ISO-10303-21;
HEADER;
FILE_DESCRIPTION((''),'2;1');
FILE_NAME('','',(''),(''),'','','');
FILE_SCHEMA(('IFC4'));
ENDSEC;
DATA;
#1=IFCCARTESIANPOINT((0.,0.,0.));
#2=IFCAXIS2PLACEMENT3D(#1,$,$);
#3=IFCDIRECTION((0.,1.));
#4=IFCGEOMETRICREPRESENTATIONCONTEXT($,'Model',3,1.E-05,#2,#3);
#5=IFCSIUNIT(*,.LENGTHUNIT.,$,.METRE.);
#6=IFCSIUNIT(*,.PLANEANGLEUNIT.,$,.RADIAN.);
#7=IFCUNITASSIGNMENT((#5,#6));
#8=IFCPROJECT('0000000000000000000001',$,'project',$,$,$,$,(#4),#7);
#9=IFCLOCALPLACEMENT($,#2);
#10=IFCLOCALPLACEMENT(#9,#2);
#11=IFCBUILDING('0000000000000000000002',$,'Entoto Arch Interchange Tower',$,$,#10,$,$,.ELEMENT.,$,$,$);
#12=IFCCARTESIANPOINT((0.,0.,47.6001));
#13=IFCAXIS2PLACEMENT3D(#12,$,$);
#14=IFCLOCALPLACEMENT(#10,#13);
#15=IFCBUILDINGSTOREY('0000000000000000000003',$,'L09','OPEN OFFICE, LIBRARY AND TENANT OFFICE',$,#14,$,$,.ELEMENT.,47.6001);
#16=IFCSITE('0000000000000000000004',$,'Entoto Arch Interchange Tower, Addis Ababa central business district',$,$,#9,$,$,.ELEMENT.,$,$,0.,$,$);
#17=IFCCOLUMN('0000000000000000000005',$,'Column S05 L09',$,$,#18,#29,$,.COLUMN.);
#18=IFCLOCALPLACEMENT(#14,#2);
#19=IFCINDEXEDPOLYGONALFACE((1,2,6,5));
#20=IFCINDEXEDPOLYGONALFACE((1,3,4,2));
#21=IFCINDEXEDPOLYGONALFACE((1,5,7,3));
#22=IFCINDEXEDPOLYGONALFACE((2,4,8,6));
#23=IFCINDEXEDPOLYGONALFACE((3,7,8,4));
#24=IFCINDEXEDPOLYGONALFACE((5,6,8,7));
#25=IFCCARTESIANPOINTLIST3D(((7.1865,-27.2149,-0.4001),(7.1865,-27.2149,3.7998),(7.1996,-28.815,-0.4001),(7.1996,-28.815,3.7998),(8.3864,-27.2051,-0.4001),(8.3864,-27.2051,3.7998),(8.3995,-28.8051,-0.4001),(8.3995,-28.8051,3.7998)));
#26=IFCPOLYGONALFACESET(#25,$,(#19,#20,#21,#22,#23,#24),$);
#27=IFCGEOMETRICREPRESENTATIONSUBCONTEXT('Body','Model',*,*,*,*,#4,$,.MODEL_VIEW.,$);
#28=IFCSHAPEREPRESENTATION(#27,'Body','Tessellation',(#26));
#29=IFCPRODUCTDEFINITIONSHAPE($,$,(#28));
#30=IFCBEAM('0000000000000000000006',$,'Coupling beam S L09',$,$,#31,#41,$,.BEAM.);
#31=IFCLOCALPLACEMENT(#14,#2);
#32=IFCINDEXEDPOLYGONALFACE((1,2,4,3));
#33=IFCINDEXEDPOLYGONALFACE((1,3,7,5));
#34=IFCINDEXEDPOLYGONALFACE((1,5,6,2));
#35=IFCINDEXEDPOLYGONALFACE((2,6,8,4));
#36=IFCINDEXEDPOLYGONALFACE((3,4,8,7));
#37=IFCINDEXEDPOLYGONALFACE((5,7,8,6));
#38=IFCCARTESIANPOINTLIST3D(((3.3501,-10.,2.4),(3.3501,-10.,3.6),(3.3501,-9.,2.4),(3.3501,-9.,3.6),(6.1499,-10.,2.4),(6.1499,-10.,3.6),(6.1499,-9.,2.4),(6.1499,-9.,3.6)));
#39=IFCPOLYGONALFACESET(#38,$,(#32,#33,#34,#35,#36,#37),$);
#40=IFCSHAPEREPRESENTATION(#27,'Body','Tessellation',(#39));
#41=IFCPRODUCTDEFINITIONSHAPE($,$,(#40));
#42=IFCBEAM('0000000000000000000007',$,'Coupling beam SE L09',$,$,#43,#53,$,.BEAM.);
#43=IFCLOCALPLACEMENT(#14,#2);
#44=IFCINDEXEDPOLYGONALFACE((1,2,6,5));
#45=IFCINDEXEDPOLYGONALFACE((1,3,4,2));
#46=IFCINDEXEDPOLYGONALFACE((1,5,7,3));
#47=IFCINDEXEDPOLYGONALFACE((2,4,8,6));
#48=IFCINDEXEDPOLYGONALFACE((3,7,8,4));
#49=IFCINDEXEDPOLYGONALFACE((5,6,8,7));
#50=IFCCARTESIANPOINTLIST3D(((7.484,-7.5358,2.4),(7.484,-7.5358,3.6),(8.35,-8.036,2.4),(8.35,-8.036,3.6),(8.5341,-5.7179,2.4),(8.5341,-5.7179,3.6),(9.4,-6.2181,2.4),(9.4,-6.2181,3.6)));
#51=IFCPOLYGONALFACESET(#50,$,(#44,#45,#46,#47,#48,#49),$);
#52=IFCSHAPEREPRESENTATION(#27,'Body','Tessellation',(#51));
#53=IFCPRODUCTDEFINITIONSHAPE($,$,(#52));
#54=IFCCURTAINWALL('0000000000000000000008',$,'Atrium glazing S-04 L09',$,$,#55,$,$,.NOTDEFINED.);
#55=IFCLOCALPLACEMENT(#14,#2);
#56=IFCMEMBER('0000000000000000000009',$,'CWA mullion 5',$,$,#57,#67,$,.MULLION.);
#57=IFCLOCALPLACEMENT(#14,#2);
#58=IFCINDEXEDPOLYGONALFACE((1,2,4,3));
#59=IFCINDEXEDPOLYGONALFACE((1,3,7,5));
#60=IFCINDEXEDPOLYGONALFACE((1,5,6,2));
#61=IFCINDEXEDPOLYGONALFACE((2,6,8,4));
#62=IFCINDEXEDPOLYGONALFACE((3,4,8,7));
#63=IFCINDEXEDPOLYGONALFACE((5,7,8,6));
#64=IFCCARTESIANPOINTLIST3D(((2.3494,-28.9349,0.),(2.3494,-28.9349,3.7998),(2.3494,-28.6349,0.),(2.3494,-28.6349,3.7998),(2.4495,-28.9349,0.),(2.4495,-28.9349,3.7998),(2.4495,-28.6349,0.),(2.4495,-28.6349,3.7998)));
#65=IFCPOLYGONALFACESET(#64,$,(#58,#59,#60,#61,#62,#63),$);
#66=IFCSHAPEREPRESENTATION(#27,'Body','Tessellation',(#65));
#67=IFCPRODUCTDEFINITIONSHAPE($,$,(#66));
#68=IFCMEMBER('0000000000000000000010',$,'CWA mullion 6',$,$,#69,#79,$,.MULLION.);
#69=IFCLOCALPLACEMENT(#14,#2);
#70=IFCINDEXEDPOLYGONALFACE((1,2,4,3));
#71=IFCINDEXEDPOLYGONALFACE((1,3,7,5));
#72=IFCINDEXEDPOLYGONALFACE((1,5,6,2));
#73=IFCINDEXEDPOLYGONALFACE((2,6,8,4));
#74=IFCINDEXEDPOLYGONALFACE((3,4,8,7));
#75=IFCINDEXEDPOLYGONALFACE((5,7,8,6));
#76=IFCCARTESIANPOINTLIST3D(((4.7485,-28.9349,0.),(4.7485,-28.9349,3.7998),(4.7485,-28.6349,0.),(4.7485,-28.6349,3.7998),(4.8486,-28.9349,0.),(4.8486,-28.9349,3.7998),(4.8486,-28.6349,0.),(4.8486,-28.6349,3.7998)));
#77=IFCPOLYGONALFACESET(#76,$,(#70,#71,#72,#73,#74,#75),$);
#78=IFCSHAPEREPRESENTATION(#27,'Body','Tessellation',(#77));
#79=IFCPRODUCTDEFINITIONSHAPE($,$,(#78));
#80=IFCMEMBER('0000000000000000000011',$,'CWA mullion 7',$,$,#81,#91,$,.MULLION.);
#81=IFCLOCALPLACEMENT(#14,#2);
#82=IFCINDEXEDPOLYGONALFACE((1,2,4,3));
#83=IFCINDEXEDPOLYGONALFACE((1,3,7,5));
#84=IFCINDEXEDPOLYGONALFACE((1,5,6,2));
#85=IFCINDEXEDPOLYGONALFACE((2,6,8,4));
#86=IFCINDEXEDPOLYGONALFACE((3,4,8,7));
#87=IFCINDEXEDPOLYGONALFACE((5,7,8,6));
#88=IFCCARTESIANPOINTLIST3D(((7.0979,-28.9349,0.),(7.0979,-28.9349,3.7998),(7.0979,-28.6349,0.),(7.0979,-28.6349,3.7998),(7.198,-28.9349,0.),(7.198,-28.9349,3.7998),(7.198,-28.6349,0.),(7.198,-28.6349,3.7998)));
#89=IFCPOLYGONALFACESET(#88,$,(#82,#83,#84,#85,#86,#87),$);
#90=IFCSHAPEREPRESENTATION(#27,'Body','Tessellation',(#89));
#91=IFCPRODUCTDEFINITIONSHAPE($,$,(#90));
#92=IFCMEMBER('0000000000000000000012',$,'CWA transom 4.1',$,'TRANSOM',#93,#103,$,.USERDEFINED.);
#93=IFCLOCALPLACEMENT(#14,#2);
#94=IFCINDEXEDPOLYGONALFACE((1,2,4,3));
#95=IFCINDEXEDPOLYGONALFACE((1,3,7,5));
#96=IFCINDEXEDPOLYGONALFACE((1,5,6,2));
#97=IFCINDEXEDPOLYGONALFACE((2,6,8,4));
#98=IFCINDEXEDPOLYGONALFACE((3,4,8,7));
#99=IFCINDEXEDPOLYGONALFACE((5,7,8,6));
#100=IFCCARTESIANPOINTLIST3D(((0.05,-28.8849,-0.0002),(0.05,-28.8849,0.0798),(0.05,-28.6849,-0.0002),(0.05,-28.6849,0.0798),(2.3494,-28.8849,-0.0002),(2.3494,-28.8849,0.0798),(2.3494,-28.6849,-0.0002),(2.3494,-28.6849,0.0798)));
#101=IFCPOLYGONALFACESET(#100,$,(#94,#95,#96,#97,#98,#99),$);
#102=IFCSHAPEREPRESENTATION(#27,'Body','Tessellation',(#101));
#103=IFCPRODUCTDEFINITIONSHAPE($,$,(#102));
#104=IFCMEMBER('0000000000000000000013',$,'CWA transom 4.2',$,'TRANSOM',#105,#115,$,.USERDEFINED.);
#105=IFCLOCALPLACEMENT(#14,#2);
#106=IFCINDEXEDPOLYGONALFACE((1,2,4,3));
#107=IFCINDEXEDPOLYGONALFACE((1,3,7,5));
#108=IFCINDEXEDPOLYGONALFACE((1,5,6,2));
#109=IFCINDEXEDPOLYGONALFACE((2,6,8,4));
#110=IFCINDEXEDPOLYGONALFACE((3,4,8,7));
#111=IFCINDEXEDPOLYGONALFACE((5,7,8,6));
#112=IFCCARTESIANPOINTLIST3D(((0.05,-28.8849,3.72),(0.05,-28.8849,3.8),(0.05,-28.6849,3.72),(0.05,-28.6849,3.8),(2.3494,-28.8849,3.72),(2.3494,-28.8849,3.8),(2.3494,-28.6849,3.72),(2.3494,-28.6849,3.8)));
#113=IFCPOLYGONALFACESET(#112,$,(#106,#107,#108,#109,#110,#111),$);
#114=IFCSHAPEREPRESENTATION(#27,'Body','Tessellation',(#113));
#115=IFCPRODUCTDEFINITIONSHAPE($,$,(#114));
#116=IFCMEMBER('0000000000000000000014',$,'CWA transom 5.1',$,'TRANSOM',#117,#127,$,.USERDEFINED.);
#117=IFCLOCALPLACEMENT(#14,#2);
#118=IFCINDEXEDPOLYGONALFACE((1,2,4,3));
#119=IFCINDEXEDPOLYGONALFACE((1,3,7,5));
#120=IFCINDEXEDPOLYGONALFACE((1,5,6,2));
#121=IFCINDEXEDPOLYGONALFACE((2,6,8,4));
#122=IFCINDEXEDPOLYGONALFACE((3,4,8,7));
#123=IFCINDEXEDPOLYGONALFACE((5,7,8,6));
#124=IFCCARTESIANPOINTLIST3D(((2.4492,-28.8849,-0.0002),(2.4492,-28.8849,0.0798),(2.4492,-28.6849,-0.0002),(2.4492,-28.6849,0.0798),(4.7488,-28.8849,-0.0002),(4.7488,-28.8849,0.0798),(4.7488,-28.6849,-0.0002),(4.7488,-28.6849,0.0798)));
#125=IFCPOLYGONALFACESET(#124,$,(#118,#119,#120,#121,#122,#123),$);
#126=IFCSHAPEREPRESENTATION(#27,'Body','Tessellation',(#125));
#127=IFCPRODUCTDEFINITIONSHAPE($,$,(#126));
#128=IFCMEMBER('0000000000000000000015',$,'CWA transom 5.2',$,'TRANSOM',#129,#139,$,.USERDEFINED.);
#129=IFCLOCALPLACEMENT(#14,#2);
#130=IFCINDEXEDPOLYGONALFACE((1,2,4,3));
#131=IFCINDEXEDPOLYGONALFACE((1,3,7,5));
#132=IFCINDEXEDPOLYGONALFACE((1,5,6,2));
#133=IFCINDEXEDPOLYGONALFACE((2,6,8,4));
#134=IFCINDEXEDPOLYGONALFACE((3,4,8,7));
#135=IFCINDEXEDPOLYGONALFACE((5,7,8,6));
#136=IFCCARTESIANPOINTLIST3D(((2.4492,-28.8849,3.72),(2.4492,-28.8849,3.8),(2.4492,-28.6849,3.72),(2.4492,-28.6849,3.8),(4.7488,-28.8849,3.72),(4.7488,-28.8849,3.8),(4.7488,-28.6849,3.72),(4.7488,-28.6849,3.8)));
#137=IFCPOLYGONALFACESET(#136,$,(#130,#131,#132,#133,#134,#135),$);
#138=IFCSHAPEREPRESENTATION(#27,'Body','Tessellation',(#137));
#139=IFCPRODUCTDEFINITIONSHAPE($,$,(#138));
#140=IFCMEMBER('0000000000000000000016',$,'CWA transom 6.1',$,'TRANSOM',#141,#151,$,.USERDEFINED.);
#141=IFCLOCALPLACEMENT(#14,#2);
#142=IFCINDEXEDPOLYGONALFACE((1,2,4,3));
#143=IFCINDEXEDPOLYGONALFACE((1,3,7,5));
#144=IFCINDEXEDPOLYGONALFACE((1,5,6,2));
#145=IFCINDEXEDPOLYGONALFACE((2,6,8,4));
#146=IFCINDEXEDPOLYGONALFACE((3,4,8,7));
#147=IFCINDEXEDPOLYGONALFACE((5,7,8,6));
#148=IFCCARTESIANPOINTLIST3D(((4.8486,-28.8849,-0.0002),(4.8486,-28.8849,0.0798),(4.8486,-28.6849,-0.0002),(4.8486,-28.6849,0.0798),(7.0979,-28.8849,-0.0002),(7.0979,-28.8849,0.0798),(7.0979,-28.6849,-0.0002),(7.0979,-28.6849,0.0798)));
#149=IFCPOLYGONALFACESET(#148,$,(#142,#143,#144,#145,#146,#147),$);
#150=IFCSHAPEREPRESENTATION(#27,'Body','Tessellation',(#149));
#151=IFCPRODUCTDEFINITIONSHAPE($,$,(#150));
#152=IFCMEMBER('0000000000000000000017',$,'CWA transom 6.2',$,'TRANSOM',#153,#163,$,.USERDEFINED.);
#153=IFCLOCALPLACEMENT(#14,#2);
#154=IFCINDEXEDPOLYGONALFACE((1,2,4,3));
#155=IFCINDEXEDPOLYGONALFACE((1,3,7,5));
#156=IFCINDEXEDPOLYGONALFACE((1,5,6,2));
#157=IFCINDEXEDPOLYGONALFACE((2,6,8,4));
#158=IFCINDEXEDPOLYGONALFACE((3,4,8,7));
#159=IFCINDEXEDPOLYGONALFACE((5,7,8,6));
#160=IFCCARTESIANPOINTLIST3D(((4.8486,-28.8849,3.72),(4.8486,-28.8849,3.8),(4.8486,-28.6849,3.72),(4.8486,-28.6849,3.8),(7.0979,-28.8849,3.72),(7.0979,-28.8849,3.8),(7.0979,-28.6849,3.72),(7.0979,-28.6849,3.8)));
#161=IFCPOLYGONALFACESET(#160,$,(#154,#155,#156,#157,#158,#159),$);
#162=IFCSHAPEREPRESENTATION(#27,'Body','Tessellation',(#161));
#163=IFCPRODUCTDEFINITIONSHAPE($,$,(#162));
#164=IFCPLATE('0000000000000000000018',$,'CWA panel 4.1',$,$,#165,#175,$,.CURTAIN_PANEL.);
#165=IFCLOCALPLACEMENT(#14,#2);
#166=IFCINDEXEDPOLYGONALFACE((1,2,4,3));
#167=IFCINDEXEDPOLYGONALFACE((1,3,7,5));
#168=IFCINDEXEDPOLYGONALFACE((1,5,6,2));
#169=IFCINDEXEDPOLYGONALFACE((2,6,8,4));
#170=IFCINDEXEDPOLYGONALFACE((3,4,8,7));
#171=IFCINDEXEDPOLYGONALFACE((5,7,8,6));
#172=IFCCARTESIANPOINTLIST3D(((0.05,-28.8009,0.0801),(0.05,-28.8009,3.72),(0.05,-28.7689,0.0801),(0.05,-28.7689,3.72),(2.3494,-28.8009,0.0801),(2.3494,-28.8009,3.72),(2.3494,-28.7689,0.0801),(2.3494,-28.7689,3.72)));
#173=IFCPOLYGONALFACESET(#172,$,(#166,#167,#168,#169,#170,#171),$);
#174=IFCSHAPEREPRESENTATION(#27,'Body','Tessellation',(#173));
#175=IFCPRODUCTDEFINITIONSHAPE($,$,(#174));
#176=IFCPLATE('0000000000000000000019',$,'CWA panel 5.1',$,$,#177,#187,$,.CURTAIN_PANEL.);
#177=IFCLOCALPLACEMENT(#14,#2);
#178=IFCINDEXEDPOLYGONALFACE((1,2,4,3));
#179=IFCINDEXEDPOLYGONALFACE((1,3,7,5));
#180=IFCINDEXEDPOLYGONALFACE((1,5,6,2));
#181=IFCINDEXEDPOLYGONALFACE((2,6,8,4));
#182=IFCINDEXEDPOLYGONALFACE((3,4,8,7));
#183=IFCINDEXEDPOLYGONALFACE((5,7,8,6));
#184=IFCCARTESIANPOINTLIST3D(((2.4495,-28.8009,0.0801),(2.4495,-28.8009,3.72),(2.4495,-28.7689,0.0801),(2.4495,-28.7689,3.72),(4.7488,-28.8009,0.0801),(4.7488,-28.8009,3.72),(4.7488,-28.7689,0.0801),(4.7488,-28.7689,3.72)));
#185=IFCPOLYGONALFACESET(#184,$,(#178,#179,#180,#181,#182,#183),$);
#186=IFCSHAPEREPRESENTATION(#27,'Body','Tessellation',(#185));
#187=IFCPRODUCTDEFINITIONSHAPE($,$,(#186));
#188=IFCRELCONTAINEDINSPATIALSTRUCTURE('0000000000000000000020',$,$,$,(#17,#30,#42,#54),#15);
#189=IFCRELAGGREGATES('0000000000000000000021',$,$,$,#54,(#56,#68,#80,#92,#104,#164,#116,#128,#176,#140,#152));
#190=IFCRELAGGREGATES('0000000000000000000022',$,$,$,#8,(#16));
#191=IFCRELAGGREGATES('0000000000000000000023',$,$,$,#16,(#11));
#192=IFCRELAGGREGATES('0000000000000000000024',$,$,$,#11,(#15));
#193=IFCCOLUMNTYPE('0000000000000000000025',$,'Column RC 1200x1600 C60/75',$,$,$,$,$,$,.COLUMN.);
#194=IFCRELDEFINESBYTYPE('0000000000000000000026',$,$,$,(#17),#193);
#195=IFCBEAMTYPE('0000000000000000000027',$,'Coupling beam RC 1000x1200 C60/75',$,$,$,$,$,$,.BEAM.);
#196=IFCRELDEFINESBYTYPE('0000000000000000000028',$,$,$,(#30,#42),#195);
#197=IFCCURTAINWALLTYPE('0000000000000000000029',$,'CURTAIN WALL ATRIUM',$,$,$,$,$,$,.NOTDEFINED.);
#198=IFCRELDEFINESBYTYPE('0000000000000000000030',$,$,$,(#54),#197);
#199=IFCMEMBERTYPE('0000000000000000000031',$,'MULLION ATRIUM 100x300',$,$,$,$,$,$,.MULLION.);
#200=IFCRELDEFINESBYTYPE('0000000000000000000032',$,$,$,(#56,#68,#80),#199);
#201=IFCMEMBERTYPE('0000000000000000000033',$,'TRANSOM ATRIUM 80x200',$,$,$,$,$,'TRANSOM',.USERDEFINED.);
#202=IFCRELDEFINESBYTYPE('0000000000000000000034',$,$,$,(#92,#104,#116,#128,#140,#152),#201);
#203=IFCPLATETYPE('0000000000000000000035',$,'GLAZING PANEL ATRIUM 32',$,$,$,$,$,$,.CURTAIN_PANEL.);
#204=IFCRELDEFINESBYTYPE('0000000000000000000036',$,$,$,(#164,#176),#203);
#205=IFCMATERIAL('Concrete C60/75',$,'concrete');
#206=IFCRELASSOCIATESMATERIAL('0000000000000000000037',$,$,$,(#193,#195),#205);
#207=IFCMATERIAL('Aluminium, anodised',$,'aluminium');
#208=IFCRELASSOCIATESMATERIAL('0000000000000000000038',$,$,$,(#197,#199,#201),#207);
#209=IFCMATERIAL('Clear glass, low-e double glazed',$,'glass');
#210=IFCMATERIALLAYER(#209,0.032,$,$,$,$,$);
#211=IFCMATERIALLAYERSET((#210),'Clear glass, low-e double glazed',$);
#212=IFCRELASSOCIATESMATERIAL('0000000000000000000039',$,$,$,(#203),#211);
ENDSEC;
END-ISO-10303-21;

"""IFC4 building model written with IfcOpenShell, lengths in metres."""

from ifc_helpers import new_model, si_unit, direction, frame, origin, origin_2d, place, context, subcontext, project, spatial, rectangle, extrude, material, layer, layer_set, material_profile, profile_set, type_object, element, aggregate, save


model = new_model("IFC4")

# Units and contexts
model_context = context("Model", 3, precision=1e-05, world=origin(), true_north=direction((0.0, 1.0)))
body_context = subcontext(model_context, "Body", "Model", "MODEL_VIEW")
ifc_project = project(units=[si_unit("LENGTHUNIT", "METRE"), si_unit("PLANEANGLEUNIT", "RADIAN")], contexts=[model_context])

# Site, building, storey
site_placement = place(None, origin())
site = spatial("IfcSite", under=ifc_project, at=site_placement, Name="Entoto Arch Interchange Tower, Addis Ababa central business district", CompositionType="ELEMENT", RefElevation=0.0)
building_placement = place(site_placement, origin())
building = spatial("IfcBuilding", under=site, at=building_placement, Name="Entoto Arch Interchange Tower", CompositionType="ELEMENT")
storey_placement = place(building_placement, frame((0.0, 0.0, 47.6001)))
storey = spatial("IfcBuildingStorey", under=building, at=storey_placement, Name="L09", Description="OPEN OFFICE, LIBRARY AND TENANT OFFICE", CompositionType="ELEMENT", Elevation=47.6001)

# Column
ifc_material_1 = material(Name="Concrete C60/75", Category="concrete")
ifc_material_profile_1 = material_profile(ifc_material_1, rectangle(XDim=1.2, YDim=1.6001, at=origin_2d()))
ifc_profile_set_1 = profile_set([ifc_material_profile_1], Name="Concrete C60/75")
column_type = type_object("IfcColumnType", Name="Column RC 1200x1600 C60/75", PredefinedType="COLUMN", material=ifc_profile_set_1)
column_placement = place(storey_placement, frame((7.793, -28.01, -0.4001), z_axis=(0.0, 0.0, 1.0), x_axis=(0.999966, 0.008203, 0.0)))
element("IfcColumn", 1, at=column_placement, inside=storey, type_object=column_type, Name="Column S05 L09", PredefinedType="COLUMN", context=body_context, shape_type="SweptSolid", body=[
    extrude(rectangle(XDim=1.2, YDim=1.6001, at=origin_2d()), origin(), (0.0, 0.0, 1.0), 4.2),
])

# Beams
ifc_material_profile_2 = material_profile(ifc_material_1, rectangle(XDim=1.0, YDim=1.2, at=origin_2d()))
ifc_profile_set_2 = profile_set([ifc_material_profile_2], Name="Concrete C60/75")
beam_type = type_object("IfcBeamType", Name="Coupling beam RC 1000x1200 C60/75", PredefinedType="BEAM", material=ifc_profile_set_2)
beam_1_placement = place(storey_placement, frame((3.3501, -9.5, 3.0), z_axis=(1.0, 0.0, 0.0), x_axis=(0.0, 1.0, 0.0)))
element("IfcBeam", 2, at=beam_1_placement, inside=storey, type_object=beam_type, Name="Coupling beam S L09", PredefinedType="BEAM", context=body_context, shape_type="SweptSolid", body=[
    extrude(rectangle(XDim=1.0, YDim=1.2, at=origin_2d()), origin(), (0.0, 0.0, 1.0), 2.7998),
])
beam_2_placement = place(storey_placement, frame((7.917, -7.7859, 3.0), z_axis=(0.500179, 0.865922, 0.0), x_axis=(-0.865922, 0.500179, 0.0)))
element("IfcBeam", 3, at=beam_2_placement, inside=storey, type_object=beam_type, Name="Coupling beam SE L09", PredefinedType="BEAM", context=body_context, shape_type="SweptSolid", body=[
    extrude(rectangle(XDim=1.0, YDim=1.2, at=origin_2d()), origin(), (0.0, 0.0, 1.0), 2.0994),
])

# Curtain wall, members, plates
ifc_material_2 = material(Name="Aluminium, anodised", Category="aluminium")
curtain_wall_type = type_object("IfcCurtainWallType", Name="CURTAIN WALL ATRIUM", PredefinedType="NOTDEFINED", material=ifc_material_2)
curtain_wall_placement = place(storey_placement, origin())
curtain_wall = element("IfcCurtainWall", 4, at=curtain_wall_placement, inside=storey, type_object=curtain_wall_type, Name="Atrium glazing S-04 L09", PredefinedType="NOTDEFINED")
ifc_material_profile_3 = material_profile(ifc_material_2, rectangle(XDim=0.3, YDim=0.1001, at=origin_2d()))
ifc_profile_set_3 = profile_set([ifc_material_profile_3], Name="Aluminium, anodised")
member_type_1 = type_object("IfcMemberType", Name="MULLION ATRIUM 100x300", PredefinedType="MULLION", material=ifc_profile_set_3)
member_1_placement = place(storey_placement, frame((2.3994, -28.7849, 0.0), z_axis=(0.0, 0.0, 1.0), x_axis=(0.0, 1.0, 0.0)))
member_1 = element("IfcMember", 5, at=member_1_placement, type_object=member_type_1, Name="CWA mullion 5", PredefinedType="MULLION", context=body_context, shape_type="SweptSolid", body=[
    extrude(rectangle(XDim=0.3, YDim=0.1001, at=origin_2d()), origin(), (0.0, 0.0, 1.0), 3.7998),
])
member_2_placement = place(storey_placement, frame((4.7986, -28.7849, 0.0), z_axis=(0.0, 0.0, 1.0), x_axis=(0.0, 1.0, 0.0)))
member_2 = element("IfcMember", 6, at=member_2_placement, type_object=member_type_1, Name="CWA mullion 6", PredefinedType="MULLION", context=body_context, shape_type="SweptSolid", body=[
    extrude(rectangle(XDim=0.3, YDim=0.1001, at=origin_2d()), origin(), (0.0, 0.0, 1.0), 3.7998),
])
member_3_placement = place(storey_placement, frame((7.1479, -28.7849, 0.0), z_axis=(0.0, 0.0, 1.0), x_axis=(0.0, 1.0, 0.0)))
member_3 = element("IfcMember", 7, at=member_3_placement, type_object=member_type_1, Name="CWA mullion 7", PredefinedType="MULLION", context=body_context, shape_type="SweptSolid", body=[
    extrude(rectangle(XDim=0.3, YDim=0.1001, at=origin_2d()), origin(), (0.0, 0.0, 1.0), 3.7998),
])
ifc_material_profile_4 = material_profile(ifc_material_2, rectangle(XDim=0.2, YDim=0.0801, at=origin_2d()))
ifc_profile_set_4 = profile_set([ifc_material_profile_4], Name="Aluminium, anodised")
member_type_2 = type_object("IfcMemberType", Name="TRANSOM ATRIUM 80x200", ElementType="TRANSOM", PredefinedType="USERDEFINED", material=ifc_profile_set_4)
member_4_placement = place(storey_placement, frame((0.05, -28.7849, 0.0398), z_axis=(1.0, 0.0, 0.0), x_axis=(0.0, 1.0, 0.0)))
member_4 = element("IfcMember", 8, at=member_4_placement, type_object=member_type_2, Name="CWA transom 4.1", ObjectType="TRANSOM", PredefinedType="USERDEFINED", context=body_context, shape_type="SweptSolid", body=[
    extrude(rectangle(XDim=0.2, YDim=0.0801, at=origin_2d()), origin(), (0.0, 0.0, 1.0), 2.2993),
])
member_5_placement = place(storey_placement, frame((0.05, -28.7849, 3.76), z_axis=(1.0, 0.0, 0.0), x_axis=(0.0, 1.0, 0.0)))
member_5 = element("IfcMember", 9, at=member_5_placement, type_object=member_type_2, Name="CWA transom 4.2", ObjectType="TRANSOM", PredefinedType="USERDEFINED", context=body_context, shape_type="SweptSolid", body=[
    extrude(rectangle(XDim=0.2, YDim=0.0801, at=origin_2d()), origin(), (0.0, 0.0, 1.0), 2.2993),
])
member_6_placement = place(storey_placement, frame((2.4492, -28.7849, 0.0398), z_axis=(1.0, 0.0, 0.0), x_axis=(0.0, 1.0, 0.0)))
member_6 = element("IfcMember", 10, at=member_6_placement, type_object=member_type_2, Name="CWA transom 5.1", ObjectType="TRANSOM", PredefinedType="USERDEFINED", context=body_context, shape_type="SweptSolid", body=[
    extrude(rectangle(XDim=0.2, YDim=0.0801, at=origin_2d()), origin(), (0.0, 0.0, 1.0), 2.2996),
])
member_7_placement = place(storey_placement, frame((2.4492, -28.7849, 3.76), z_axis=(1.0, 0.0, 0.0), x_axis=(0.0, 1.0, 0.0)))
member_7 = element("IfcMember", 11, at=member_7_placement, type_object=member_type_2, Name="CWA transom 5.2", ObjectType="TRANSOM", PredefinedType="USERDEFINED", context=body_context, shape_type="SweptSolid", body=[
    extrude(rectangle(XDim=0.2, YDim=0.0801, at=origin_2d()), origin(), (0.0, 0.0, 1.0), 2.2996),
])
member_8_placement = place(storey_placement, frame((4.8486, -28.7849, 0.0398), z_axis=(1.0, 0.0, 0.0), x_axis=(0.0, 1.0, 0.0)))
member_8 = element("IfcMember", 12, at=member_8_placement, type_object=member_type_2, Name="CWA transom 6.1", ObjectType="TRANSOM", PredefinedType="USERDEFINED", context=body_context, shape_type="SweptSolid", body=[
    extrude(rectangle(XDim=0.2, YDim=0.0801, at=origin_2d()), origin(), (0.0, 0.0, 1.0), 2.2493),
])
member_9_placement = place(storey_placement, frame((4.8486, -28.7849, 3.76), z_axis=(1.0, 0.0, 0.0), x_axis=(0.0, 1.0, 0.0)))
member_9 = element("IfcMember", 13, at=member_9_placement, type_object=member_type_2, Name="CWA transom 6.2", ObjectType="TRANSOM", PredefinedType="USERDEFINED", context=body_context, shape_type="SweptSolid", body=[
    extrude(rectangle(XDim=0.2, YDim=0.0801, at=origin_2d()), origin(), (0.0, 0.0, 1.0), 2.2493),
])
ifc_material_3 = material(Name="Clear glass, low-e double glazed", Category="glass")
ifc_layer_1 = layer(ifc_material_3, 0.032)
ifc_layer_set_1 = layer_set([ifc_layer_1], Name="Clear glass, low-e double glazed")
plate_type = type_object("IfcPlateType", Name="GLAZING PANEL ATRIUM 32", PredefinedType="CURTAIN_PANEL", material=ifc_layer_set_1)
plate_1_placement = place(storey_placement, frame((1.1997, -28.7849, 0.0801), z_axis=(0.0, 0.0, 1.0), x_axis=(1.0, 0.0, 0.0)))
plate_1 = element("IfcPlate", 14, at=plate_1_placement, type_object=plate_type, Name="CWA panel 4.1", PredefinedType="CURTAIN_PANEL", context=body_context, shape_type="SweptSolid", body=[
    extrude(rectangle(XDim=2.2993, YDim=0.032, at=origin_2d()), origin(), (0.0, 0.0, 1.0), 3.6399),
])
plate_2_placement = place(storey_placement, frame((3.5991, -28.7849, 0.0801), z_axis=(0.0, 0.0, 1.0), x_axis=(1.0, 0.0, 0.0)))
plate_2 = element("IfcPlate", 15, at=plate_2_placement, type_object=plate_type, Name="CWA panel 5.1", PredefinedType="CURTAIN_PANEL", context=body_context, shape_type="SweptSolid", body=[
    extrude(rectangle(XDim=2.2993, YDim=0.032, at=origin_2d()), origin(), (0.0, 0.0, 1.0), 3.6399),
])
aggregate(curtain_wall, [member_1, member_2, member_3, member_4, member_5, plate_1, member_6, member_7, plate_2, member_8, member_9])

save(model, "model.ifc")
